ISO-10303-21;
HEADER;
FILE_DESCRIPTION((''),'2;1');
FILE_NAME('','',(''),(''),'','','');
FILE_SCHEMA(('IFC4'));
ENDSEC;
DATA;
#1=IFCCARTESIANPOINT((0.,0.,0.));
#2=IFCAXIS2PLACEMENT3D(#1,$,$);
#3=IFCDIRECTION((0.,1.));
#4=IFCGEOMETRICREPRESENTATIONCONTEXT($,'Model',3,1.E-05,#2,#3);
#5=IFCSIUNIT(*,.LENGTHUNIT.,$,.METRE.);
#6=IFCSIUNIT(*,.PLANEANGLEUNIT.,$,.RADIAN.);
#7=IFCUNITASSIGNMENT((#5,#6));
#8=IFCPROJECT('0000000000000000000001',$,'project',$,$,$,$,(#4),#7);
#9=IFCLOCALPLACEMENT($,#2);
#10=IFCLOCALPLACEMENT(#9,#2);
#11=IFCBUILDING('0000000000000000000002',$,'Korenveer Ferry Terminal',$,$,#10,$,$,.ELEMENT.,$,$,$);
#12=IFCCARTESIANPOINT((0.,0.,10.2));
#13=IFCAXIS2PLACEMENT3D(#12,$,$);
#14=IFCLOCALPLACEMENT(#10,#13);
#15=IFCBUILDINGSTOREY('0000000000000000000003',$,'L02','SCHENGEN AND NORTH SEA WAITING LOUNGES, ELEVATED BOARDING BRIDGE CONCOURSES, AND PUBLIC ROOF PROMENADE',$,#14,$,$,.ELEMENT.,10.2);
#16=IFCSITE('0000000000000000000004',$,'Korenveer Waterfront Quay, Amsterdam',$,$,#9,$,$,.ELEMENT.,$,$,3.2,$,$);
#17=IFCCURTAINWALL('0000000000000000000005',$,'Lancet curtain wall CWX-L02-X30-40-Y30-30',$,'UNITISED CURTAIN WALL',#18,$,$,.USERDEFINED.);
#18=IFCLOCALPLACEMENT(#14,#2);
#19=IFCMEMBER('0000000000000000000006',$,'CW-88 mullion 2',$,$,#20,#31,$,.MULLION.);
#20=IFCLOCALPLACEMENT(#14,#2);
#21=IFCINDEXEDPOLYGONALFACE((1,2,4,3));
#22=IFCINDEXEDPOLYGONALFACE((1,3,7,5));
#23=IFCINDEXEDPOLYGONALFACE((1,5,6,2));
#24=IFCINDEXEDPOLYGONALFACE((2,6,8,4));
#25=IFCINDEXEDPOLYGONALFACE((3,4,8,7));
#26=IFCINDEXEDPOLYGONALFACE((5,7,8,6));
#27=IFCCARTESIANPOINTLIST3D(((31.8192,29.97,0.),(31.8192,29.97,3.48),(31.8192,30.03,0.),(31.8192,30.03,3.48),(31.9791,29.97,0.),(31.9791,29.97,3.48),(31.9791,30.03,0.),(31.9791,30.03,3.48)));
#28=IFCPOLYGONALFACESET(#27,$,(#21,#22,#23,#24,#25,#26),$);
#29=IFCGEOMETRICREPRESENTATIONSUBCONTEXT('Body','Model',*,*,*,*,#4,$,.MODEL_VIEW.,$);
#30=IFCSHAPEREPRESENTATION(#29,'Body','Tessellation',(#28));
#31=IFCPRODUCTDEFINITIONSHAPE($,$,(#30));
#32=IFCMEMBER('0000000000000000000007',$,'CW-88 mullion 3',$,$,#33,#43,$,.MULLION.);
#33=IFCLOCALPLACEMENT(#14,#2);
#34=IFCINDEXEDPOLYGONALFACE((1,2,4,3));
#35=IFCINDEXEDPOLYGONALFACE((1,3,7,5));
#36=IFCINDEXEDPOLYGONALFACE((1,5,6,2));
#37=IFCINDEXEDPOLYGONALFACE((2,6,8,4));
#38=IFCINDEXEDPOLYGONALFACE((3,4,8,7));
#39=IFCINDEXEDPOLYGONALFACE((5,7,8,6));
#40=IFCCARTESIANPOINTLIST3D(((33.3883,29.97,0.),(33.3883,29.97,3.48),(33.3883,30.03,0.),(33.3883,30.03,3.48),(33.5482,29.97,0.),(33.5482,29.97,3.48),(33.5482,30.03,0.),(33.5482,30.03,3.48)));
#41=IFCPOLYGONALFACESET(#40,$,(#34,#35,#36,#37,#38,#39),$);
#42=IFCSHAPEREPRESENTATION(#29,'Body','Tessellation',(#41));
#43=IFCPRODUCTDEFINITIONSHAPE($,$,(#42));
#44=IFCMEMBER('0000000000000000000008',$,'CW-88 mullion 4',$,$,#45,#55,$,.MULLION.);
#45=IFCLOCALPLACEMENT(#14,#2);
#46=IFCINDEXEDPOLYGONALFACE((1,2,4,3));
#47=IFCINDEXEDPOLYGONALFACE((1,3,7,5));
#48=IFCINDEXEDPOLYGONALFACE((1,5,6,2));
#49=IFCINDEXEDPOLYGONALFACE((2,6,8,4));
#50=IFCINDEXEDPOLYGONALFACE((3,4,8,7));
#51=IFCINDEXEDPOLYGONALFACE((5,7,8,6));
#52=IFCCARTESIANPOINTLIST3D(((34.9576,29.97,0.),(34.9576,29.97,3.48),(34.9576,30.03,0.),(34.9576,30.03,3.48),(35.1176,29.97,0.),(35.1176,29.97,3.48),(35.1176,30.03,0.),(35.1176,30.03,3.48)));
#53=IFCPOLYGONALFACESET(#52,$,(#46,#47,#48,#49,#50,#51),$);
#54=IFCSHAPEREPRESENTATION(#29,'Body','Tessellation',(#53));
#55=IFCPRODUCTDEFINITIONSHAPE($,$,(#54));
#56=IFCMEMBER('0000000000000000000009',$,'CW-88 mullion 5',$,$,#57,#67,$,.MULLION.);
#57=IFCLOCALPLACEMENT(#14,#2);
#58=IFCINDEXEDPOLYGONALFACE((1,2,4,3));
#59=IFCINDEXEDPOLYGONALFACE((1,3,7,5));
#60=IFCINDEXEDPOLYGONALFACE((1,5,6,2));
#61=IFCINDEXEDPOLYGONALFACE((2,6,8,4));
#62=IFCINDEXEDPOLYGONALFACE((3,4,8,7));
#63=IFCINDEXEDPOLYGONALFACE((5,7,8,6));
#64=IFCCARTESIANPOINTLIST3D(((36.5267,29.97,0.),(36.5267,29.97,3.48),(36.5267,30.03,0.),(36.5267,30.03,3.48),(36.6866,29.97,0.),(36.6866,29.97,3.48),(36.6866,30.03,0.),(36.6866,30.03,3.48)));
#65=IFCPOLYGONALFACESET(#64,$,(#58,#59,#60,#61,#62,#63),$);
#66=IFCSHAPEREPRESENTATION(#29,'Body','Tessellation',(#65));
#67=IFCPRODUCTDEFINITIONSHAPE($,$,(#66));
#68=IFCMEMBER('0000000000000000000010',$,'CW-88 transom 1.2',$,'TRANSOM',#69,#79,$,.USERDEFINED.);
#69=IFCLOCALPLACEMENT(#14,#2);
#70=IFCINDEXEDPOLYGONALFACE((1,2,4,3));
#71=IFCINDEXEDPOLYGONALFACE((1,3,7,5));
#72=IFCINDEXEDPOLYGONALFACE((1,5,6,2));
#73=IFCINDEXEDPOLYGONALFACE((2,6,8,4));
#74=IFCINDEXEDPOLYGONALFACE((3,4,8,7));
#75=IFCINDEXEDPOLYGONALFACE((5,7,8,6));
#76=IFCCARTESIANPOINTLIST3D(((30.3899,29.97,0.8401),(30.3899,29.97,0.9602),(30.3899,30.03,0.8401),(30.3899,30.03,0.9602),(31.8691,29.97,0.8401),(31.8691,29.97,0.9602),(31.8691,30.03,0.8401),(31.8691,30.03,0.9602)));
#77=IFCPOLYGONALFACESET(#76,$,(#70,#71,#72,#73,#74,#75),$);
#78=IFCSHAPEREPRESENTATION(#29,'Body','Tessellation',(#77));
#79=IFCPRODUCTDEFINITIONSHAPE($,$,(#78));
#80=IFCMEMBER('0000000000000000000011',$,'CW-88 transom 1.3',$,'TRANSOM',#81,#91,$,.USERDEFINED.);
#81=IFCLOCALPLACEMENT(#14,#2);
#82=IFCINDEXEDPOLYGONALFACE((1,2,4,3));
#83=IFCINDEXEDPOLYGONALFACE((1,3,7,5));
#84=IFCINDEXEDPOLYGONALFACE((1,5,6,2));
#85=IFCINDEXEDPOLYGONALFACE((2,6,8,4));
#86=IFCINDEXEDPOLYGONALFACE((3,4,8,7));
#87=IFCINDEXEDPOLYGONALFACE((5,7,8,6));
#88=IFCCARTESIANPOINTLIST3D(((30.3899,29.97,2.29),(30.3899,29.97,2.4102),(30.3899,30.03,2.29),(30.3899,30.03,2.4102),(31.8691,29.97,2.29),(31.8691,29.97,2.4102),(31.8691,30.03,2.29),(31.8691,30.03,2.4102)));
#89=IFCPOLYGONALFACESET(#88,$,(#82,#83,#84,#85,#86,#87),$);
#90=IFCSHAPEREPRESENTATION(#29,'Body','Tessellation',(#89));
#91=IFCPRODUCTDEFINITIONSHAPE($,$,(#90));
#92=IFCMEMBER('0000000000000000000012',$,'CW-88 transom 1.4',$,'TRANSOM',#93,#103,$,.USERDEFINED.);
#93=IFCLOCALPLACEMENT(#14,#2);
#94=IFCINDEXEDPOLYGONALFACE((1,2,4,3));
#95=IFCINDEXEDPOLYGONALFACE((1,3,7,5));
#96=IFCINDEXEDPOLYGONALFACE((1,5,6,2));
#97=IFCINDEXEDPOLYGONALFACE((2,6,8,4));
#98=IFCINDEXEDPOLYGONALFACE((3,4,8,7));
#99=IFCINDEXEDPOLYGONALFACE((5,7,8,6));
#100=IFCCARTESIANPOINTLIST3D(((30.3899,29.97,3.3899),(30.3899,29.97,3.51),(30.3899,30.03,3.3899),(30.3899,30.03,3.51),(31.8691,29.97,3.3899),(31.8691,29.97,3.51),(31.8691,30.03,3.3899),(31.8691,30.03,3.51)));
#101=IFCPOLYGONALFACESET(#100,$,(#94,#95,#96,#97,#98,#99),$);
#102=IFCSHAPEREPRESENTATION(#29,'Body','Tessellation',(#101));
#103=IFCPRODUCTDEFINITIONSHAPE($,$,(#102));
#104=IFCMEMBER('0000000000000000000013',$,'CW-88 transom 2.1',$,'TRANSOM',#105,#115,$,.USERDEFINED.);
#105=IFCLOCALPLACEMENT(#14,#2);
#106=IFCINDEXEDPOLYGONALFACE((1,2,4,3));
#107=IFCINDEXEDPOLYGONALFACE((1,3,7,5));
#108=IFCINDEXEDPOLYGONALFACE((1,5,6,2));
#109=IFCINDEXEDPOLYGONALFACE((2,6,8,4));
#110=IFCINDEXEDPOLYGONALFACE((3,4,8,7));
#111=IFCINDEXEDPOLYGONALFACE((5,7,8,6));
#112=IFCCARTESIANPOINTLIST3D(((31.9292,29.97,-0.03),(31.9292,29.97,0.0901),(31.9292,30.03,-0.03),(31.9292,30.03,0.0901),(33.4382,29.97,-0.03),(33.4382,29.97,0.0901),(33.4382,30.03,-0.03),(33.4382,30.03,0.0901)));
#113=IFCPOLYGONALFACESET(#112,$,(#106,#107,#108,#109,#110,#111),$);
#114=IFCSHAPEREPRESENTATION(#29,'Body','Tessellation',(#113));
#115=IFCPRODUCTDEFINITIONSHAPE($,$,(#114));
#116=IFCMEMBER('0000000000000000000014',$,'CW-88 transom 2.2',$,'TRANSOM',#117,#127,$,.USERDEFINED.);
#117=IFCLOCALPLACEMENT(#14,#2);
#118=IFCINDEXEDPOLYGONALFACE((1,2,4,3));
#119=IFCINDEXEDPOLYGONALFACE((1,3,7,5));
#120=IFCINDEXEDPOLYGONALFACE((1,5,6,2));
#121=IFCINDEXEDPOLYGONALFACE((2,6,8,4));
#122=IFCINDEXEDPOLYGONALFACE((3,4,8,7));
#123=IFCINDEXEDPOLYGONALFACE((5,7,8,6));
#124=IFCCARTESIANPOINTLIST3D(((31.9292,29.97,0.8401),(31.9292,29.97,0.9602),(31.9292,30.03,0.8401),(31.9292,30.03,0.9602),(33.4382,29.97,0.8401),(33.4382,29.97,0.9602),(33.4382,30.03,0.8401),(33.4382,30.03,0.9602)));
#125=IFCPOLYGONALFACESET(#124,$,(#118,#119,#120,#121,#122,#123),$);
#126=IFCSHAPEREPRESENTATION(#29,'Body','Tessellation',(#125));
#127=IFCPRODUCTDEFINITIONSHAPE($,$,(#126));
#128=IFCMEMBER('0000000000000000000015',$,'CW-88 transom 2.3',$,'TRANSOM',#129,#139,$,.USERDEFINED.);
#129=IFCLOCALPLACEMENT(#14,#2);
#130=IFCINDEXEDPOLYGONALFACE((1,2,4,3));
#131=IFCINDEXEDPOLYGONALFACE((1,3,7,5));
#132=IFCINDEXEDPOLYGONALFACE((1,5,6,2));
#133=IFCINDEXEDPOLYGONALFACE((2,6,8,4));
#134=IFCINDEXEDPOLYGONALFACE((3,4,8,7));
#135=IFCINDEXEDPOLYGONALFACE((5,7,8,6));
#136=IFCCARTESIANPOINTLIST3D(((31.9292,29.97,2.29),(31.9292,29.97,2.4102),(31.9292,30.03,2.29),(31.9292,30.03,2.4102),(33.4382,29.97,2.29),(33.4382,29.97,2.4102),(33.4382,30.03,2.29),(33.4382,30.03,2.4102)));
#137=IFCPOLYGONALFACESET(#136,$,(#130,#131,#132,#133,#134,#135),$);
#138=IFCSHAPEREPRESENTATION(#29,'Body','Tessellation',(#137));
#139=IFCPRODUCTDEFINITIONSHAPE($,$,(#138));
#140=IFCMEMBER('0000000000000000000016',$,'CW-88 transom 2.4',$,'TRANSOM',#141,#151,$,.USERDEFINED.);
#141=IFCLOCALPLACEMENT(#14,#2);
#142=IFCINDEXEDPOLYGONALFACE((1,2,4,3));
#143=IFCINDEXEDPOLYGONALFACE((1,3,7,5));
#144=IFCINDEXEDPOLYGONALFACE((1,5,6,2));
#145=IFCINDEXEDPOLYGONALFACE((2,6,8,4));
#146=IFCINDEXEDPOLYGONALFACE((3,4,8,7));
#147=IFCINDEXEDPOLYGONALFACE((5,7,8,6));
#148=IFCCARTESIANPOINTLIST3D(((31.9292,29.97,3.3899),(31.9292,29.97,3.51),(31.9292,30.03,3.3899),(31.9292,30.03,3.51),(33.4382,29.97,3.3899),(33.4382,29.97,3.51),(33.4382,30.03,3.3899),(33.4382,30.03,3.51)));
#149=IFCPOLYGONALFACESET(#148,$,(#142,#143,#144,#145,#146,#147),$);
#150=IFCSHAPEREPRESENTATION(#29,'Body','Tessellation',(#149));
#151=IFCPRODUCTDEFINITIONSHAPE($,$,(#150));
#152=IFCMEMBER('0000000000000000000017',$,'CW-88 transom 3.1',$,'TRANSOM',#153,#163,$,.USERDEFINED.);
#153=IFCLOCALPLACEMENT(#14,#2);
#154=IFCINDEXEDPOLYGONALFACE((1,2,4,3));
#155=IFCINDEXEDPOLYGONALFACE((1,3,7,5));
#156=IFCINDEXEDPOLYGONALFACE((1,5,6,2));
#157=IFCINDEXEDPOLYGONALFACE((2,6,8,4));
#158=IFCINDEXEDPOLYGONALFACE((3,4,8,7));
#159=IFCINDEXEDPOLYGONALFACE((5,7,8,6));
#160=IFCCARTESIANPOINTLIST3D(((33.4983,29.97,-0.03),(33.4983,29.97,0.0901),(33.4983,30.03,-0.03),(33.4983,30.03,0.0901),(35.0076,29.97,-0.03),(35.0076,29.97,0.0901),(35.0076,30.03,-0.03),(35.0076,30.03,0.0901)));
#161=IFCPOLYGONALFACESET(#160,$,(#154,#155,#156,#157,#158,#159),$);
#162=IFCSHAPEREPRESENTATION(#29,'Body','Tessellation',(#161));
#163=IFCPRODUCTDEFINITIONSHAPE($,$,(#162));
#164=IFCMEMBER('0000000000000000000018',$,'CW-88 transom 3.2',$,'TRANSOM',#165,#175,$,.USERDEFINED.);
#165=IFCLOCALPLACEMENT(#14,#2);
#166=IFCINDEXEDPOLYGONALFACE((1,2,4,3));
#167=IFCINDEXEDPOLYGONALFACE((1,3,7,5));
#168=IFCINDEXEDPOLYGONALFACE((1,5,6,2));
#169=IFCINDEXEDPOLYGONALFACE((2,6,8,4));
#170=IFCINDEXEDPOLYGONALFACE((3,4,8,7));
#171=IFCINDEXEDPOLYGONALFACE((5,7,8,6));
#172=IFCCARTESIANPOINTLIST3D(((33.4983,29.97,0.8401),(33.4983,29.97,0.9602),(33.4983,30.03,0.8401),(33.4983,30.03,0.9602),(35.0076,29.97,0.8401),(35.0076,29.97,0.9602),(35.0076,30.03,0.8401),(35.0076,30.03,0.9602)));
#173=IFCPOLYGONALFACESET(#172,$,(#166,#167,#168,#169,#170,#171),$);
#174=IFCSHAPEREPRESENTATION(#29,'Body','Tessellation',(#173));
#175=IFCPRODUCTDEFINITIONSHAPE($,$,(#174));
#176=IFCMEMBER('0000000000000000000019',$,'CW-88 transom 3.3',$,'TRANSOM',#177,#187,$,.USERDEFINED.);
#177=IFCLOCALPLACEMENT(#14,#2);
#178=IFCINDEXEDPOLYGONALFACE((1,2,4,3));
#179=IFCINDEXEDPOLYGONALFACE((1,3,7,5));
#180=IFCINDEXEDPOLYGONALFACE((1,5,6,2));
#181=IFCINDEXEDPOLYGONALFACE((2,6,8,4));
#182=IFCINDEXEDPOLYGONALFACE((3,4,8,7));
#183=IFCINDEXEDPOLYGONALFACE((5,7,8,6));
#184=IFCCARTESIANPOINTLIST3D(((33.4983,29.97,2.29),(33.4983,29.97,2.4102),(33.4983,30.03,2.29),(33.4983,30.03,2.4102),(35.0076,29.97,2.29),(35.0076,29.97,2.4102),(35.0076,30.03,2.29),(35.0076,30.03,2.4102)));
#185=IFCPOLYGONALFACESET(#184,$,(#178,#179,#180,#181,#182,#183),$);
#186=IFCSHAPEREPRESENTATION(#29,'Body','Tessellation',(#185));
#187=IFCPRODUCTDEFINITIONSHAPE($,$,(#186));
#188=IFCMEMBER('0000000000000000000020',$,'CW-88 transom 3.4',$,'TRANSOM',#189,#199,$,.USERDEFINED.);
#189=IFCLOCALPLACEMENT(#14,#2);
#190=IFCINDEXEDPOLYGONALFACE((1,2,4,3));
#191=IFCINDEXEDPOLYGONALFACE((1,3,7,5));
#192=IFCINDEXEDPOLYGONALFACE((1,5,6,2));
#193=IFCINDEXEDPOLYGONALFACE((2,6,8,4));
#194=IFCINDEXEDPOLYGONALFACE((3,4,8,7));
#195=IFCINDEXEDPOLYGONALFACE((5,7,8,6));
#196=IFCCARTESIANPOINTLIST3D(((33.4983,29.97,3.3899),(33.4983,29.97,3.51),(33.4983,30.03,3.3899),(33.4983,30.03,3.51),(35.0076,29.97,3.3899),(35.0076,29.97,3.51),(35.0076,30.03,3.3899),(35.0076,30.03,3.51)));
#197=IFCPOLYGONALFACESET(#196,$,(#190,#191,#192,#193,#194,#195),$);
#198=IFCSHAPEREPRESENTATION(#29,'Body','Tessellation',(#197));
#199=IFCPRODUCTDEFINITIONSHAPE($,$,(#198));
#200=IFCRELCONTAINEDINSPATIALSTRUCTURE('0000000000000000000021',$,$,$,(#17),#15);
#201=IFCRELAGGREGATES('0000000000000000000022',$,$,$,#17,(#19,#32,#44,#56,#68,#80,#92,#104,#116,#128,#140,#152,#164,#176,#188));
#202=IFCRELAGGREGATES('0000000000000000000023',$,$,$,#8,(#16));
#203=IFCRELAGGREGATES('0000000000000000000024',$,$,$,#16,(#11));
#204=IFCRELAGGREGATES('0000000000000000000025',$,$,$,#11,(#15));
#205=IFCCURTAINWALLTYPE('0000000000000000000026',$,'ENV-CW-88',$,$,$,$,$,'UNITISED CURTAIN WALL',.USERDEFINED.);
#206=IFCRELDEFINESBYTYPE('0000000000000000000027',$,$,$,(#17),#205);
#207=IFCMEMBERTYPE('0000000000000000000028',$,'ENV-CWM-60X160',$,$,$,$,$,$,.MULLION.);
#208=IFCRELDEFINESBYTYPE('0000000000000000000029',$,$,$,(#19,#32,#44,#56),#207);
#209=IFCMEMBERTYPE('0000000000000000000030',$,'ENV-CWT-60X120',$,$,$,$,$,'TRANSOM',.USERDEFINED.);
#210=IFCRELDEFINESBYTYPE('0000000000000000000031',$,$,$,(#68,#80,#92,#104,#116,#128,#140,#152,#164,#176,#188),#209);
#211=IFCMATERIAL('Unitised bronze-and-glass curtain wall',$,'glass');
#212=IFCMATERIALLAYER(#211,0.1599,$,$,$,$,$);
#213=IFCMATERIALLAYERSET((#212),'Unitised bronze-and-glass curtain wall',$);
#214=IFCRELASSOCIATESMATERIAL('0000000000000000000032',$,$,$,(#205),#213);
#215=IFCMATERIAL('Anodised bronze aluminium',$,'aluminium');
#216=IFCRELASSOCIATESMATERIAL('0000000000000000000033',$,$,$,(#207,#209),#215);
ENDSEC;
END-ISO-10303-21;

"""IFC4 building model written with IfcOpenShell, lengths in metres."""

from ifc_helpers import new_model, si_unit, direction, frame, origin, origin_2d, place, context, subcontext, project, spatial, rectangle, extrude, material, layer, layer_set, material_profile, profile_set, type_object, element, aggregate, save


model = new_model("IFC4")

# Units and contexts
model_context = context("Model", 3, precision=1e-05, world=origin(), true_north=direction((0.0, 1.0)))
body_context = subcontext(model_context, "Body", "Model", "MODEL_VIEW")
ifc_project = project(units=[si_unit("LENGTHUNIT", "METRE"), si_unit("PLANEANGLEUNIT", "RADIAN")], contexts=[model_context])

# Site, building, storey
site_placement = place(None, origin())
site = spatial("IfcSite", under=ifc_project, at=site_placement, Name="Korenveer Waterfront Quay, Amsterdam", CompositionType="ELEMENT", RefElevation=3.2)
building_placement = place(site_placement, origin())
building = spatial("IfcBuilding", under=site, at=building_placement, Name="Korenveer Ferry Terminal", CompositionType="ELEMENT")
storey_placement = place(building_placement, frame((0.0, 0.0, 10.2)))
storey = spatial("IfcBuildingStorey", under=building, at=storey_placement, Name="L02", Description="SCHENGEN AND NORTH SEA WAITING LOUNGES, ELEVATED BOARDING BRIDGE CONCOURSES, AND PUBLIC ROOF PROMENADE", CompositionType="ELEMENT", Elevation=10.2)

# Curtain wall, members
ifc_material_1 = material(Name="Unitised bronze-and-glass curtain wall", Category="glass")
ifc_layer_1 = layer(ifc_material_1, 0.1599)
ifc_layer_set_1 = layer_set([ifc_layer_1], Name="Unitised bronze-and-glass curtain wall")
curtain_wall_type = type_object("IfcCurtainWallType", Name="ENV-CW-88", ElementType="UNITISED CURTAIN WALL", PredefinedType="USERDEFINED", material=ifc_layer_set_1)
curtain_wall_placement = place(storey_placement, frame((30.3301, 30.0, 0.0)))
curtain_wall = element("IfcCurtainWall", 1, at=curtain_wall_placement, inside=storey, type_object=curtain_wall_type, Name="Lancet curtain wall CWX-L02-X30-40-Y30-30", ObjectType="UNITISED CURTAIN WALL", PredefinedType="USERDEFINED")
ifc_material_2 = material(Name="Anodised bronze aluminium", Category="aluminium")
ifc_material_profile_1 = material_profile(ifc_material_2, rectangle(XDim=0.0601, YDim=0.1599, at=origin_2d()), Name="ALU 60x160")
ifc_profile_set_1 = profile_set([ifc_material_profile_1], Name="Anodised bronze aluminium")
member_type_1 = type_object("IfcMemberType", Name="ENV-CWM-60X160", PredefinedType="MULLION", material=ifc_profile_set_1)
member_1_placement = place(storey_placement, frame((31.8992, 30.0, 0.0), z_axis=(0.0, 0.0, 1.0), x_axis=(0.0, 1.0, 0.0)))
member_1 = element("IfcMember", 2, at=member_1_placement, type_object=member_type_1, Name="CW-88 mullion 2", PredefinedType="MULLION", context=body_context, shape_type="SweptSolid", body=[
    extrude(rectangle(XDim=0.0601, YDim=0.1599, at=origin_2d()), origin(), (0.0, 0.0, 1.0), 3.48),
])
member_2_placement = place(storey_placement, frame((33.4683, 30.0, 0.0), z_axis=(0.0, 0.0, 1.0), x_axis=(0.0, 1.0, 0.0)))
member_2 = element("IfcMember", 3, at=member_2_placement, type_object=member_type_1, Name="CW-88 mullion 3", PredefinedType="MULLION", context=body_context, shape_type="SweptSolid", body=[
    extrude(rectangle(XDim=0.0601, YDim=0.1599, at=origin_2d()), origin(), (0.0, 0.0, 1.0), 3.48),
])
member_3_placement = place(storey_placement, frame((35.0376, 30.0, 0.0), z_axis=(0.0, 0.0, 1.0), x_axis=(0.0, 1.0, 0.0)))
member_3 = element("IfcMember", 4, at=member_3_placement, type_object=member_type_1, Name="CW-88 mullion 4", PredefinedType="MULLION", context=body_context, shape_type="SweptSolid", body=[
    extrude(rectangle(XDim=0.0601, YDim=0.1599, at=origin_2d()), origin(), (0.0, 0.0, 1.0), 3.48),
])
member_4_placement = place(storey_placement, frame((36.6067, 30.0, 0.0), z_axis=(0.0, 0.0, 1.0), x_axis=(0.0, 1.0, 0.0)))
member_4 = element("IfcMember", 5, at=member_4_placement, type_object=member_type_1, Name="CW-88 mullion 5", PredefinedType="MULLION", context=body_context, shape_type="SweptSolid", body=[
    extrude(rectangle(XDim=0.0601, YDim=0.1599, at=origin_2d()), origin(), (0.0, 0.0, 1.0), 3.48),
])
ifc_material_profile_2 = material_profile(ifc_material_2, rectangle(XDim=0.0601, YDim=0.1201, at=origin_2d()), Name="ALU 60x120")
ifc_profile_set_2 = profile_set([ifc_material_profile_2], Name="Anodised bronze aluminium")
member_type_2 = type_object("IfcMemberType", Name="ENV-CWT-60X120", ElementType="TRANSOM", PredefinedType="USERDEFINED", material=ifc_profile_set_2)
member_5_placement = place(storey_placement, frame((30.3899, 30.0, 0.9001), z_axis=(1.0, 0.0, 0.0), x_axis=(0.0, 1.0, 0.0)))
member_5 = element("IfcMember", 6, at=member_5_placement, type_object=member_type_2, Name="CW-88 transom 1.2", ObjectType="TRANSOM", PredefinedType="USERDEFINED", context=body_context, shape_type="SweptSolid", body=[
    extrude(rectangle(XDim=0.0601, YDim=0.1201, at=origin_2d()), origin(), (0.0, 0.0, 1.0), 1.4792),
])
member_6_placement = place(storey_placement, frame((30.3899, 30.0, 2.3501), z_axis=(1.0, 0.0, 0.0), x_axis=(0.0, 1.0, 0.0)))
member_6 = element("IfcMember", 7, at=member_6_placement, type_object=member_type_2, Name="CW-88 transom 1.3", ObjectType="TRANSOM", PredefinedType="USERDEFINED", context=body_context, shape_type="SweptSolid", body=[
    extrude(rectangle(XDim=0.0601, YDim=0.1201, at=origin_2d()), origin(), (0.0, 0.0, 1.0), 1.4792),
])
member_7_placement = place(storey_placement, frame((30.3899, 30.0, 3.45), z_axis=(1.0, 0.0, 0.0), x_axis=(0.0, 1.0, 0.0)))
member_7 = element("IfcMember", 8, at=member_7_placement, type_object=member_type_2, Name="CW-88 transom 1.4", ObjectType="TRANSOM", PredefinedType="USERDEFINED", context=body_context, shape_type="SweptSolid", body=[
    extrude(rectangle(XDim=0.0601, YDim=0.1201, at=origin_2d()), origin(), (0.0, 0.0, 1.0), 1.4792),
])
member_8_placement = place(storey_placement, frame((31.9292, 30.0, 0.03), z_axis=(1.0, 0.0, 0.0), x_axis=(0.0, 1.0, 0.0)))
member_8 = element("IfcMember", 9, at=member_8_placement, type_object=member_type_2, Name="CW-88 transom 2.1", ObjectType="TRANSOM", PredefinedType="USERDEFINED", context=body_context, shape_type="SweptSolid", body=[
    extrude(rectangle(XDim=0.0601, YDim=0.1201, at=origin_2d()), origin(), (0.0, 0.0, 1.0), 1.509),
])
member_9_placement = place(storey_placement, frame((31.9292, 30.0, 0.9001), z_axis=(1.0, 0.0, 0.0), x_axis=(0.0, 1.0, 0.0)))
member_9 = element("IfcMember", 10, at=member_9_placement, type_object=member_type_2, Name="CW-88 transom 2.2", ObjectType="TRANSOM", PredefinedType="USERDEFINED", context=body_context, shape_type="SweptSolid", body=[
    extrude(rectangle(XDim=0.0601, YDim=0.1201, at=origin_2d()), origin(), (0.0, 0.0, 1.0), 1.509),
])
member_10_placement = place(storey_placement, frame((31.9292, 30.0, 2.3501), z_axis=(1.0, 0.0, 0.0), x_axis=(0.0, 1.0, 0.0)))
member_10 = element("IfcMember", 11, at=member_10_placement, type_object=member_type_2, Name="CW-88 transom 2.3", ObjectType="TRANSOM", PredefinedType="USERDEFINED", context=body_context, shape_type="SweptSolid", body=[
    extrude(rectangle(XDim=0.0601, YDim=0.1201, at=origin_2d()), origin(), (0.0, 0.0, 1.0), 1.509),
])
member_11_placement = place(storey_placement, frame((31.9292, 30.0, 3.45), z_axis=(1.0, 0.0, 0.0), x_axis=(0.0, 1.0, 0.0)))
member_11 = element("IfcMember", 12, at=member_11_placement, type_object=member_type_2, Name="CW-88 transom 2.4", ObjectType="TRANSOM", PredefinedType="USERDEFINED", context=body_context, shape_type="SweptSolid", body=[
    extrude(rectangle(XDim=0.0601, YDim=0.1201, at=origin_2d()), origin(), (0.0, 0.0, 1.0), 1.509),
])
member_12_placement = place(storey_placement, frame((33.4983, 30.0, 0.03), z_axis=(1.0, 0.0, 0.0), x_axis=(0.0, 1.0, 0.0)))
member_12 = element("IfcMember", 13, at=member_12_placement, type_object=member_type_2, Name="CW-88 transom 3.1", ObjectType="TRANSOM", PredefinedType="USERDEFINED", context=body_context, shape_type="SweptSolid", body=[
    extrude(rectangle(XDim=0.0601, YDim=0.1201, at=origin_2d()), origin(), (0.0, 0.0, 1.0), 1.5093),
])
member_13_placement = place(storey_placement, frame((33.4983, 30.0, 0.9001), z_axis=(1.0, 0.0, 0.0), x_axis=(0.0, 1.0, 0.0)))
member_13 = element("IfcMember", 14, at=member_13_placement, type_object=member_type_2, Name="CW-88 transom 3.2", ObjectType="TRANSOM", PredefinedType="USERDEFINED", context=body_context, shape_type="SweptSolid", body=[
    extrude(rectangle(XDim=0.0601, YDim=0.1201, at=origin_2d()), origin(), (0.0, 0.0, 1.0), 1.5093),
])
member_14_placement = place(storey_placement, frame((33.4983, 30.0, 2.3501), z_axis=(1.0, 0.0, 0.0), x_axis=(0.0, 1.0, 0.0)))
member_14 = element("IfcMember", 15, at=member_14_placement, type_object=member_type_2, Name="CW-88 transom 3.3", ObjectType="TRANSOM", PredefinedType="USERDEFINED", context=body_context, shape_type="SweptSolid", body=[
    extrude(rectangle(XDim=0.0601, YDim=0.1201, at=origin_2d()), origin(), (0.0, 0.0, 1.0), 1.5093),
])
member_15_placement = place(storey_placement, frame((33.4983, 30.0, 3.45), z_axis=(1.0, 0.0, 0.0), x_axis=(0.0, 1.0, 0.0)))
member_15 = element("IfcMember", 16, at=member_15_placement, type_object=member_type_2, Name="CW-88 transom 3.4", ObjectType="TRANSOM", PredefinedType="USERDEFINED", context=body_context, shape_type="SweptSolid", body=[
    extrude(rectangle(XDim=0.0601, YDim=0.1201, at=origin_2d()), origin(), (0.0, 0.0, 1.0), 1.5093),
])

aggregate(curtain_wall, [member_1, member_2, member_3, member_4, member_5, member_6, member_7, member_8, member_9, member_10, member_11, member_12, member_13, member_14, member_15])

save(model, "model.ifc")
